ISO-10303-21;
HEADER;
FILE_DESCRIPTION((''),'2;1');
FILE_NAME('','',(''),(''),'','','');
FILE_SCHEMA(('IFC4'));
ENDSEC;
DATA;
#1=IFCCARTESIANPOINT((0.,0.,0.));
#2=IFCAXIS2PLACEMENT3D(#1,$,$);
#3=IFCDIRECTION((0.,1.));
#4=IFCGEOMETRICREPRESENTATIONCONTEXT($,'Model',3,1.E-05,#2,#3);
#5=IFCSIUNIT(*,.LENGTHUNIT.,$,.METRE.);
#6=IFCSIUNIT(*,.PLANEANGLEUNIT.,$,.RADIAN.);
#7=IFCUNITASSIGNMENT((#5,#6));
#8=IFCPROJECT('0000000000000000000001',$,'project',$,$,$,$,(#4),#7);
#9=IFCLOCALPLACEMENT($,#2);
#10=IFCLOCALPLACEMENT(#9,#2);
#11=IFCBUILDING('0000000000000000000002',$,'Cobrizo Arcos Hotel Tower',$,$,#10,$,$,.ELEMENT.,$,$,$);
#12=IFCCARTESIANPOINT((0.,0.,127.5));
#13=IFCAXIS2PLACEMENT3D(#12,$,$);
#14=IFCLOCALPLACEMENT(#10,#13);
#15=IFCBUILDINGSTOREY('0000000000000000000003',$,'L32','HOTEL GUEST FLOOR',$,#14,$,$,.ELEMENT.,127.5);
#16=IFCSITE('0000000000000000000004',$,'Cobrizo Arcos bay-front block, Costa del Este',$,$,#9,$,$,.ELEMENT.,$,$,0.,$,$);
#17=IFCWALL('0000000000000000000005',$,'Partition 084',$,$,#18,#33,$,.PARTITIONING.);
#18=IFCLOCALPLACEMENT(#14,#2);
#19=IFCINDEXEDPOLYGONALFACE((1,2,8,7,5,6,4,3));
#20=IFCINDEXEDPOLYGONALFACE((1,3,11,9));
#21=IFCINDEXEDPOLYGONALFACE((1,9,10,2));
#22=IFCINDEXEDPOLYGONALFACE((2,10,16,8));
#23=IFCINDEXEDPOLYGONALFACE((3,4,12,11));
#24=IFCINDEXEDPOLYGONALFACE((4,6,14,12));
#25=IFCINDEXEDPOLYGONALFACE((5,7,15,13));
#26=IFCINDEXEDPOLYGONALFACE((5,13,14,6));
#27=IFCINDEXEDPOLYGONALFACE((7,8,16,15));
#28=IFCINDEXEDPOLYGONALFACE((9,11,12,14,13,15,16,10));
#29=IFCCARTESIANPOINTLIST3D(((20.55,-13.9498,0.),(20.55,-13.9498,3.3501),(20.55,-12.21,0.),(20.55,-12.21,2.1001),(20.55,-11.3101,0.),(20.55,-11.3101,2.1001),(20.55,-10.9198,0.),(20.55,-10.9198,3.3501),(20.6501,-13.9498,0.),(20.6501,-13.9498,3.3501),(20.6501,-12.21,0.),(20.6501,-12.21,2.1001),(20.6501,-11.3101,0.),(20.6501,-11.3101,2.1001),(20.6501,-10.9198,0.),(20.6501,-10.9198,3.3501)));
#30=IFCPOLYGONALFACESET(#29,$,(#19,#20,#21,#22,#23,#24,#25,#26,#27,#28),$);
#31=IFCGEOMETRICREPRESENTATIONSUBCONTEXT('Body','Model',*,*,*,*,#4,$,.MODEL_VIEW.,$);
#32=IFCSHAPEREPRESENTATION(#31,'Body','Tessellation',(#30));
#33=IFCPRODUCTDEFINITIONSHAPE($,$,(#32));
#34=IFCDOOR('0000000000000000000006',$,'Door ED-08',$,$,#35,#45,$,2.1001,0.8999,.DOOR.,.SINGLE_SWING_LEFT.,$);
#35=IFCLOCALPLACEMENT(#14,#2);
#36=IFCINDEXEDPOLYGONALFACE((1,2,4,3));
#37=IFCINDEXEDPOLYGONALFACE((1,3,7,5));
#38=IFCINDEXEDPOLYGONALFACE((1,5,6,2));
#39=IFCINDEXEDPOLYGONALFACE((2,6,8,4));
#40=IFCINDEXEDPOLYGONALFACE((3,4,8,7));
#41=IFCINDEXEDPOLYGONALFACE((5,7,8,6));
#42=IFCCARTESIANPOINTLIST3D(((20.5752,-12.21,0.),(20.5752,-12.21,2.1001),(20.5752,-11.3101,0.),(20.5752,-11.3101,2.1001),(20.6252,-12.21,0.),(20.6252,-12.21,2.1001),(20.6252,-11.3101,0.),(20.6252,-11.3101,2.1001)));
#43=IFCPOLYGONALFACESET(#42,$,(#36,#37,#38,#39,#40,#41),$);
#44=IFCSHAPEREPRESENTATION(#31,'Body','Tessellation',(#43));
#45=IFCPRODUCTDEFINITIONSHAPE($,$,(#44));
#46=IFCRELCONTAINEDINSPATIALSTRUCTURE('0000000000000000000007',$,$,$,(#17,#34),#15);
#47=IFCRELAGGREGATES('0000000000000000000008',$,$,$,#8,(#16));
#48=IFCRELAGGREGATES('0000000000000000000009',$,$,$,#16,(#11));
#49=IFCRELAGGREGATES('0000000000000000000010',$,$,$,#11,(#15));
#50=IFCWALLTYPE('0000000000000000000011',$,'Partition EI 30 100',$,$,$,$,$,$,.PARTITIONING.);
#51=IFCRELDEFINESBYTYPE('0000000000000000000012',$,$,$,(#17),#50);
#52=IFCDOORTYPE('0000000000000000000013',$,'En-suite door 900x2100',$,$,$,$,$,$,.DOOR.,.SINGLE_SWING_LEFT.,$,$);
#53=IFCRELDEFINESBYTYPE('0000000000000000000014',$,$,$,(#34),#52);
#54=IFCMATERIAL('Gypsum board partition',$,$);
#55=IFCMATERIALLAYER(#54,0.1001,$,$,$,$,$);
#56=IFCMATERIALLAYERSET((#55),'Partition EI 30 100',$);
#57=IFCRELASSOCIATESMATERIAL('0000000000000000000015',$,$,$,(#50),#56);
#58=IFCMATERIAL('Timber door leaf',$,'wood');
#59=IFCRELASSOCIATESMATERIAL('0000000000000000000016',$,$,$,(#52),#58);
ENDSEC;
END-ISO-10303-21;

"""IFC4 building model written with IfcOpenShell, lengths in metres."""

from ifc_helpers import new_model, si_unit, direction, frame, frame_2d, origin, place, context, subcontext, project, spatial, rectangle, extrude, material, layer, layer_set, type_object, element, fill, save


model = new_model("IFC4")

# Units and contexts
model_context = context("Model", 3, precision=1e-05, world=origin(), true_north=direction((0.0, 1.0)))
body_context = subcontext(model_context, "Body", "Model", "MODEL_VIEW")
ifc_project = project(units=[si_unit("LENGTHUNIT", "METRE"), si_unit("PLANEANGLEUNIT", "RADIAN")], contexts=[model_context])

# Site, building, storey
site_placement = place(None, origin())
site = spatial("IfcSite", under=ifc_project, at=site_placement, Name="Cobrizo Arcos bay-front block, Costa del Este", CompositionType="ELEMENT", RefElevation=0.0)
building_placement = place(site_placement, origin())
building = spatial("IfcBuilding", under=site, at=building_placement, Name="Cobrizo Arcos Hotel Tower", CompositionType="ELEMENT")
storey_placement = place(building_placement, frame((0.0, 0.0, 127.5)))
storey = spatial("IfcBuildingStorey", under=building, at=storey_placement, Name="L32", Description="HOTEL GUEST FLOOR", CompositionType="ELEMENT", Elevation=127.5)

# Shared definitions
ifc_material_1 = material(Name="Gypsum board partition")

# Shared definitions
ifc_layer_1 = layer(ifc_material_1, 0.1001)
ifc_layer_set_1 = layer_set([ifc_layer_1], Name="Partition EI 30 100")
wall_type_1 = type_object("IfcWallType", Name="Partition EI 30 100", PredefinedType="PARTITIONING", material=ifc_layer_set_1)

# Wall, opening, door
wall_1_placement = place(storey_placement, frame((20.6001, -13.95, 0.0), z_axis=(0.0, 0.0, 1.0), x_axis=(0.0, 1.0, 0.0)))
wall_1 = element("IfcWall", 1, at=wall_1_placement, inside=storey, type_object=wall_type_1, Name="Partition 084", PredefinedType="PARTITIONING", context=body_context, shape_type="SweptSolid", body=[
    extrude(rectangle(XDim=3.03, YDim=0.1001, at=frame_2d((1.5151, 0.0))), origin(), (0.0, 0.0, 1.0), 3.3501),
])
opening_1_placement = place(wall_1_placement, frame((1.74, 0.0, 0.0)))
opening_1 = element("IfcOpeningElement", 2, at=opening_1_placement, cuts=wall_1, PredefinedType="OPENING", context=body_context, shape_type="SweptSolid", body=[
    extrude(rectangle(XDim=0.8999, YDim=2.1001, at=frame_2d((0.45, 1.05))), frame((0.0, 0.062, 0.0), z_axis=(0.0, -1.0, 0.0), x_axis=(1.0, 0.0, 0.0)), (0.0, 0.0, 1.0), 0.124),
])
ifc_material_2 = material(Name="Timber door leaf", Category="wood")
door_type_1 = type_object("IfcDoorType", Name="En-suite door 900x2100", OperationType="SINGLE_SWING_LEFT", PredefinedType="DOOR", material=ifc_material_2)
door_1_placement = place(opening_1_placement, origin())
door_1 = element("IfcDoor", 3, at=door_1_placement, inside=storey, type_object=door_type_1, Name="Door ED-08", OperationType="SINGLE_SWING_LEFT", OverallHeight=2.1001, OverallWidth=0.8999, PredefinedType="DOOR", context=body_context, shape_type="SweptSolid", body=[
    extrude(rectangle(XDim=0.8999, YDim=2.1001, at=frame_2d((0.45, 1.05))), frame((0.0, 0.0249, 0.0), z_axis=(0.0, -1.0, 0.0), x_axis=(1.0, 0.0, 0.0)), (0.0, 0.0, 1.0), 0.05),
])
fill(opening_1, door_1)

save(model, "model.ifc")
